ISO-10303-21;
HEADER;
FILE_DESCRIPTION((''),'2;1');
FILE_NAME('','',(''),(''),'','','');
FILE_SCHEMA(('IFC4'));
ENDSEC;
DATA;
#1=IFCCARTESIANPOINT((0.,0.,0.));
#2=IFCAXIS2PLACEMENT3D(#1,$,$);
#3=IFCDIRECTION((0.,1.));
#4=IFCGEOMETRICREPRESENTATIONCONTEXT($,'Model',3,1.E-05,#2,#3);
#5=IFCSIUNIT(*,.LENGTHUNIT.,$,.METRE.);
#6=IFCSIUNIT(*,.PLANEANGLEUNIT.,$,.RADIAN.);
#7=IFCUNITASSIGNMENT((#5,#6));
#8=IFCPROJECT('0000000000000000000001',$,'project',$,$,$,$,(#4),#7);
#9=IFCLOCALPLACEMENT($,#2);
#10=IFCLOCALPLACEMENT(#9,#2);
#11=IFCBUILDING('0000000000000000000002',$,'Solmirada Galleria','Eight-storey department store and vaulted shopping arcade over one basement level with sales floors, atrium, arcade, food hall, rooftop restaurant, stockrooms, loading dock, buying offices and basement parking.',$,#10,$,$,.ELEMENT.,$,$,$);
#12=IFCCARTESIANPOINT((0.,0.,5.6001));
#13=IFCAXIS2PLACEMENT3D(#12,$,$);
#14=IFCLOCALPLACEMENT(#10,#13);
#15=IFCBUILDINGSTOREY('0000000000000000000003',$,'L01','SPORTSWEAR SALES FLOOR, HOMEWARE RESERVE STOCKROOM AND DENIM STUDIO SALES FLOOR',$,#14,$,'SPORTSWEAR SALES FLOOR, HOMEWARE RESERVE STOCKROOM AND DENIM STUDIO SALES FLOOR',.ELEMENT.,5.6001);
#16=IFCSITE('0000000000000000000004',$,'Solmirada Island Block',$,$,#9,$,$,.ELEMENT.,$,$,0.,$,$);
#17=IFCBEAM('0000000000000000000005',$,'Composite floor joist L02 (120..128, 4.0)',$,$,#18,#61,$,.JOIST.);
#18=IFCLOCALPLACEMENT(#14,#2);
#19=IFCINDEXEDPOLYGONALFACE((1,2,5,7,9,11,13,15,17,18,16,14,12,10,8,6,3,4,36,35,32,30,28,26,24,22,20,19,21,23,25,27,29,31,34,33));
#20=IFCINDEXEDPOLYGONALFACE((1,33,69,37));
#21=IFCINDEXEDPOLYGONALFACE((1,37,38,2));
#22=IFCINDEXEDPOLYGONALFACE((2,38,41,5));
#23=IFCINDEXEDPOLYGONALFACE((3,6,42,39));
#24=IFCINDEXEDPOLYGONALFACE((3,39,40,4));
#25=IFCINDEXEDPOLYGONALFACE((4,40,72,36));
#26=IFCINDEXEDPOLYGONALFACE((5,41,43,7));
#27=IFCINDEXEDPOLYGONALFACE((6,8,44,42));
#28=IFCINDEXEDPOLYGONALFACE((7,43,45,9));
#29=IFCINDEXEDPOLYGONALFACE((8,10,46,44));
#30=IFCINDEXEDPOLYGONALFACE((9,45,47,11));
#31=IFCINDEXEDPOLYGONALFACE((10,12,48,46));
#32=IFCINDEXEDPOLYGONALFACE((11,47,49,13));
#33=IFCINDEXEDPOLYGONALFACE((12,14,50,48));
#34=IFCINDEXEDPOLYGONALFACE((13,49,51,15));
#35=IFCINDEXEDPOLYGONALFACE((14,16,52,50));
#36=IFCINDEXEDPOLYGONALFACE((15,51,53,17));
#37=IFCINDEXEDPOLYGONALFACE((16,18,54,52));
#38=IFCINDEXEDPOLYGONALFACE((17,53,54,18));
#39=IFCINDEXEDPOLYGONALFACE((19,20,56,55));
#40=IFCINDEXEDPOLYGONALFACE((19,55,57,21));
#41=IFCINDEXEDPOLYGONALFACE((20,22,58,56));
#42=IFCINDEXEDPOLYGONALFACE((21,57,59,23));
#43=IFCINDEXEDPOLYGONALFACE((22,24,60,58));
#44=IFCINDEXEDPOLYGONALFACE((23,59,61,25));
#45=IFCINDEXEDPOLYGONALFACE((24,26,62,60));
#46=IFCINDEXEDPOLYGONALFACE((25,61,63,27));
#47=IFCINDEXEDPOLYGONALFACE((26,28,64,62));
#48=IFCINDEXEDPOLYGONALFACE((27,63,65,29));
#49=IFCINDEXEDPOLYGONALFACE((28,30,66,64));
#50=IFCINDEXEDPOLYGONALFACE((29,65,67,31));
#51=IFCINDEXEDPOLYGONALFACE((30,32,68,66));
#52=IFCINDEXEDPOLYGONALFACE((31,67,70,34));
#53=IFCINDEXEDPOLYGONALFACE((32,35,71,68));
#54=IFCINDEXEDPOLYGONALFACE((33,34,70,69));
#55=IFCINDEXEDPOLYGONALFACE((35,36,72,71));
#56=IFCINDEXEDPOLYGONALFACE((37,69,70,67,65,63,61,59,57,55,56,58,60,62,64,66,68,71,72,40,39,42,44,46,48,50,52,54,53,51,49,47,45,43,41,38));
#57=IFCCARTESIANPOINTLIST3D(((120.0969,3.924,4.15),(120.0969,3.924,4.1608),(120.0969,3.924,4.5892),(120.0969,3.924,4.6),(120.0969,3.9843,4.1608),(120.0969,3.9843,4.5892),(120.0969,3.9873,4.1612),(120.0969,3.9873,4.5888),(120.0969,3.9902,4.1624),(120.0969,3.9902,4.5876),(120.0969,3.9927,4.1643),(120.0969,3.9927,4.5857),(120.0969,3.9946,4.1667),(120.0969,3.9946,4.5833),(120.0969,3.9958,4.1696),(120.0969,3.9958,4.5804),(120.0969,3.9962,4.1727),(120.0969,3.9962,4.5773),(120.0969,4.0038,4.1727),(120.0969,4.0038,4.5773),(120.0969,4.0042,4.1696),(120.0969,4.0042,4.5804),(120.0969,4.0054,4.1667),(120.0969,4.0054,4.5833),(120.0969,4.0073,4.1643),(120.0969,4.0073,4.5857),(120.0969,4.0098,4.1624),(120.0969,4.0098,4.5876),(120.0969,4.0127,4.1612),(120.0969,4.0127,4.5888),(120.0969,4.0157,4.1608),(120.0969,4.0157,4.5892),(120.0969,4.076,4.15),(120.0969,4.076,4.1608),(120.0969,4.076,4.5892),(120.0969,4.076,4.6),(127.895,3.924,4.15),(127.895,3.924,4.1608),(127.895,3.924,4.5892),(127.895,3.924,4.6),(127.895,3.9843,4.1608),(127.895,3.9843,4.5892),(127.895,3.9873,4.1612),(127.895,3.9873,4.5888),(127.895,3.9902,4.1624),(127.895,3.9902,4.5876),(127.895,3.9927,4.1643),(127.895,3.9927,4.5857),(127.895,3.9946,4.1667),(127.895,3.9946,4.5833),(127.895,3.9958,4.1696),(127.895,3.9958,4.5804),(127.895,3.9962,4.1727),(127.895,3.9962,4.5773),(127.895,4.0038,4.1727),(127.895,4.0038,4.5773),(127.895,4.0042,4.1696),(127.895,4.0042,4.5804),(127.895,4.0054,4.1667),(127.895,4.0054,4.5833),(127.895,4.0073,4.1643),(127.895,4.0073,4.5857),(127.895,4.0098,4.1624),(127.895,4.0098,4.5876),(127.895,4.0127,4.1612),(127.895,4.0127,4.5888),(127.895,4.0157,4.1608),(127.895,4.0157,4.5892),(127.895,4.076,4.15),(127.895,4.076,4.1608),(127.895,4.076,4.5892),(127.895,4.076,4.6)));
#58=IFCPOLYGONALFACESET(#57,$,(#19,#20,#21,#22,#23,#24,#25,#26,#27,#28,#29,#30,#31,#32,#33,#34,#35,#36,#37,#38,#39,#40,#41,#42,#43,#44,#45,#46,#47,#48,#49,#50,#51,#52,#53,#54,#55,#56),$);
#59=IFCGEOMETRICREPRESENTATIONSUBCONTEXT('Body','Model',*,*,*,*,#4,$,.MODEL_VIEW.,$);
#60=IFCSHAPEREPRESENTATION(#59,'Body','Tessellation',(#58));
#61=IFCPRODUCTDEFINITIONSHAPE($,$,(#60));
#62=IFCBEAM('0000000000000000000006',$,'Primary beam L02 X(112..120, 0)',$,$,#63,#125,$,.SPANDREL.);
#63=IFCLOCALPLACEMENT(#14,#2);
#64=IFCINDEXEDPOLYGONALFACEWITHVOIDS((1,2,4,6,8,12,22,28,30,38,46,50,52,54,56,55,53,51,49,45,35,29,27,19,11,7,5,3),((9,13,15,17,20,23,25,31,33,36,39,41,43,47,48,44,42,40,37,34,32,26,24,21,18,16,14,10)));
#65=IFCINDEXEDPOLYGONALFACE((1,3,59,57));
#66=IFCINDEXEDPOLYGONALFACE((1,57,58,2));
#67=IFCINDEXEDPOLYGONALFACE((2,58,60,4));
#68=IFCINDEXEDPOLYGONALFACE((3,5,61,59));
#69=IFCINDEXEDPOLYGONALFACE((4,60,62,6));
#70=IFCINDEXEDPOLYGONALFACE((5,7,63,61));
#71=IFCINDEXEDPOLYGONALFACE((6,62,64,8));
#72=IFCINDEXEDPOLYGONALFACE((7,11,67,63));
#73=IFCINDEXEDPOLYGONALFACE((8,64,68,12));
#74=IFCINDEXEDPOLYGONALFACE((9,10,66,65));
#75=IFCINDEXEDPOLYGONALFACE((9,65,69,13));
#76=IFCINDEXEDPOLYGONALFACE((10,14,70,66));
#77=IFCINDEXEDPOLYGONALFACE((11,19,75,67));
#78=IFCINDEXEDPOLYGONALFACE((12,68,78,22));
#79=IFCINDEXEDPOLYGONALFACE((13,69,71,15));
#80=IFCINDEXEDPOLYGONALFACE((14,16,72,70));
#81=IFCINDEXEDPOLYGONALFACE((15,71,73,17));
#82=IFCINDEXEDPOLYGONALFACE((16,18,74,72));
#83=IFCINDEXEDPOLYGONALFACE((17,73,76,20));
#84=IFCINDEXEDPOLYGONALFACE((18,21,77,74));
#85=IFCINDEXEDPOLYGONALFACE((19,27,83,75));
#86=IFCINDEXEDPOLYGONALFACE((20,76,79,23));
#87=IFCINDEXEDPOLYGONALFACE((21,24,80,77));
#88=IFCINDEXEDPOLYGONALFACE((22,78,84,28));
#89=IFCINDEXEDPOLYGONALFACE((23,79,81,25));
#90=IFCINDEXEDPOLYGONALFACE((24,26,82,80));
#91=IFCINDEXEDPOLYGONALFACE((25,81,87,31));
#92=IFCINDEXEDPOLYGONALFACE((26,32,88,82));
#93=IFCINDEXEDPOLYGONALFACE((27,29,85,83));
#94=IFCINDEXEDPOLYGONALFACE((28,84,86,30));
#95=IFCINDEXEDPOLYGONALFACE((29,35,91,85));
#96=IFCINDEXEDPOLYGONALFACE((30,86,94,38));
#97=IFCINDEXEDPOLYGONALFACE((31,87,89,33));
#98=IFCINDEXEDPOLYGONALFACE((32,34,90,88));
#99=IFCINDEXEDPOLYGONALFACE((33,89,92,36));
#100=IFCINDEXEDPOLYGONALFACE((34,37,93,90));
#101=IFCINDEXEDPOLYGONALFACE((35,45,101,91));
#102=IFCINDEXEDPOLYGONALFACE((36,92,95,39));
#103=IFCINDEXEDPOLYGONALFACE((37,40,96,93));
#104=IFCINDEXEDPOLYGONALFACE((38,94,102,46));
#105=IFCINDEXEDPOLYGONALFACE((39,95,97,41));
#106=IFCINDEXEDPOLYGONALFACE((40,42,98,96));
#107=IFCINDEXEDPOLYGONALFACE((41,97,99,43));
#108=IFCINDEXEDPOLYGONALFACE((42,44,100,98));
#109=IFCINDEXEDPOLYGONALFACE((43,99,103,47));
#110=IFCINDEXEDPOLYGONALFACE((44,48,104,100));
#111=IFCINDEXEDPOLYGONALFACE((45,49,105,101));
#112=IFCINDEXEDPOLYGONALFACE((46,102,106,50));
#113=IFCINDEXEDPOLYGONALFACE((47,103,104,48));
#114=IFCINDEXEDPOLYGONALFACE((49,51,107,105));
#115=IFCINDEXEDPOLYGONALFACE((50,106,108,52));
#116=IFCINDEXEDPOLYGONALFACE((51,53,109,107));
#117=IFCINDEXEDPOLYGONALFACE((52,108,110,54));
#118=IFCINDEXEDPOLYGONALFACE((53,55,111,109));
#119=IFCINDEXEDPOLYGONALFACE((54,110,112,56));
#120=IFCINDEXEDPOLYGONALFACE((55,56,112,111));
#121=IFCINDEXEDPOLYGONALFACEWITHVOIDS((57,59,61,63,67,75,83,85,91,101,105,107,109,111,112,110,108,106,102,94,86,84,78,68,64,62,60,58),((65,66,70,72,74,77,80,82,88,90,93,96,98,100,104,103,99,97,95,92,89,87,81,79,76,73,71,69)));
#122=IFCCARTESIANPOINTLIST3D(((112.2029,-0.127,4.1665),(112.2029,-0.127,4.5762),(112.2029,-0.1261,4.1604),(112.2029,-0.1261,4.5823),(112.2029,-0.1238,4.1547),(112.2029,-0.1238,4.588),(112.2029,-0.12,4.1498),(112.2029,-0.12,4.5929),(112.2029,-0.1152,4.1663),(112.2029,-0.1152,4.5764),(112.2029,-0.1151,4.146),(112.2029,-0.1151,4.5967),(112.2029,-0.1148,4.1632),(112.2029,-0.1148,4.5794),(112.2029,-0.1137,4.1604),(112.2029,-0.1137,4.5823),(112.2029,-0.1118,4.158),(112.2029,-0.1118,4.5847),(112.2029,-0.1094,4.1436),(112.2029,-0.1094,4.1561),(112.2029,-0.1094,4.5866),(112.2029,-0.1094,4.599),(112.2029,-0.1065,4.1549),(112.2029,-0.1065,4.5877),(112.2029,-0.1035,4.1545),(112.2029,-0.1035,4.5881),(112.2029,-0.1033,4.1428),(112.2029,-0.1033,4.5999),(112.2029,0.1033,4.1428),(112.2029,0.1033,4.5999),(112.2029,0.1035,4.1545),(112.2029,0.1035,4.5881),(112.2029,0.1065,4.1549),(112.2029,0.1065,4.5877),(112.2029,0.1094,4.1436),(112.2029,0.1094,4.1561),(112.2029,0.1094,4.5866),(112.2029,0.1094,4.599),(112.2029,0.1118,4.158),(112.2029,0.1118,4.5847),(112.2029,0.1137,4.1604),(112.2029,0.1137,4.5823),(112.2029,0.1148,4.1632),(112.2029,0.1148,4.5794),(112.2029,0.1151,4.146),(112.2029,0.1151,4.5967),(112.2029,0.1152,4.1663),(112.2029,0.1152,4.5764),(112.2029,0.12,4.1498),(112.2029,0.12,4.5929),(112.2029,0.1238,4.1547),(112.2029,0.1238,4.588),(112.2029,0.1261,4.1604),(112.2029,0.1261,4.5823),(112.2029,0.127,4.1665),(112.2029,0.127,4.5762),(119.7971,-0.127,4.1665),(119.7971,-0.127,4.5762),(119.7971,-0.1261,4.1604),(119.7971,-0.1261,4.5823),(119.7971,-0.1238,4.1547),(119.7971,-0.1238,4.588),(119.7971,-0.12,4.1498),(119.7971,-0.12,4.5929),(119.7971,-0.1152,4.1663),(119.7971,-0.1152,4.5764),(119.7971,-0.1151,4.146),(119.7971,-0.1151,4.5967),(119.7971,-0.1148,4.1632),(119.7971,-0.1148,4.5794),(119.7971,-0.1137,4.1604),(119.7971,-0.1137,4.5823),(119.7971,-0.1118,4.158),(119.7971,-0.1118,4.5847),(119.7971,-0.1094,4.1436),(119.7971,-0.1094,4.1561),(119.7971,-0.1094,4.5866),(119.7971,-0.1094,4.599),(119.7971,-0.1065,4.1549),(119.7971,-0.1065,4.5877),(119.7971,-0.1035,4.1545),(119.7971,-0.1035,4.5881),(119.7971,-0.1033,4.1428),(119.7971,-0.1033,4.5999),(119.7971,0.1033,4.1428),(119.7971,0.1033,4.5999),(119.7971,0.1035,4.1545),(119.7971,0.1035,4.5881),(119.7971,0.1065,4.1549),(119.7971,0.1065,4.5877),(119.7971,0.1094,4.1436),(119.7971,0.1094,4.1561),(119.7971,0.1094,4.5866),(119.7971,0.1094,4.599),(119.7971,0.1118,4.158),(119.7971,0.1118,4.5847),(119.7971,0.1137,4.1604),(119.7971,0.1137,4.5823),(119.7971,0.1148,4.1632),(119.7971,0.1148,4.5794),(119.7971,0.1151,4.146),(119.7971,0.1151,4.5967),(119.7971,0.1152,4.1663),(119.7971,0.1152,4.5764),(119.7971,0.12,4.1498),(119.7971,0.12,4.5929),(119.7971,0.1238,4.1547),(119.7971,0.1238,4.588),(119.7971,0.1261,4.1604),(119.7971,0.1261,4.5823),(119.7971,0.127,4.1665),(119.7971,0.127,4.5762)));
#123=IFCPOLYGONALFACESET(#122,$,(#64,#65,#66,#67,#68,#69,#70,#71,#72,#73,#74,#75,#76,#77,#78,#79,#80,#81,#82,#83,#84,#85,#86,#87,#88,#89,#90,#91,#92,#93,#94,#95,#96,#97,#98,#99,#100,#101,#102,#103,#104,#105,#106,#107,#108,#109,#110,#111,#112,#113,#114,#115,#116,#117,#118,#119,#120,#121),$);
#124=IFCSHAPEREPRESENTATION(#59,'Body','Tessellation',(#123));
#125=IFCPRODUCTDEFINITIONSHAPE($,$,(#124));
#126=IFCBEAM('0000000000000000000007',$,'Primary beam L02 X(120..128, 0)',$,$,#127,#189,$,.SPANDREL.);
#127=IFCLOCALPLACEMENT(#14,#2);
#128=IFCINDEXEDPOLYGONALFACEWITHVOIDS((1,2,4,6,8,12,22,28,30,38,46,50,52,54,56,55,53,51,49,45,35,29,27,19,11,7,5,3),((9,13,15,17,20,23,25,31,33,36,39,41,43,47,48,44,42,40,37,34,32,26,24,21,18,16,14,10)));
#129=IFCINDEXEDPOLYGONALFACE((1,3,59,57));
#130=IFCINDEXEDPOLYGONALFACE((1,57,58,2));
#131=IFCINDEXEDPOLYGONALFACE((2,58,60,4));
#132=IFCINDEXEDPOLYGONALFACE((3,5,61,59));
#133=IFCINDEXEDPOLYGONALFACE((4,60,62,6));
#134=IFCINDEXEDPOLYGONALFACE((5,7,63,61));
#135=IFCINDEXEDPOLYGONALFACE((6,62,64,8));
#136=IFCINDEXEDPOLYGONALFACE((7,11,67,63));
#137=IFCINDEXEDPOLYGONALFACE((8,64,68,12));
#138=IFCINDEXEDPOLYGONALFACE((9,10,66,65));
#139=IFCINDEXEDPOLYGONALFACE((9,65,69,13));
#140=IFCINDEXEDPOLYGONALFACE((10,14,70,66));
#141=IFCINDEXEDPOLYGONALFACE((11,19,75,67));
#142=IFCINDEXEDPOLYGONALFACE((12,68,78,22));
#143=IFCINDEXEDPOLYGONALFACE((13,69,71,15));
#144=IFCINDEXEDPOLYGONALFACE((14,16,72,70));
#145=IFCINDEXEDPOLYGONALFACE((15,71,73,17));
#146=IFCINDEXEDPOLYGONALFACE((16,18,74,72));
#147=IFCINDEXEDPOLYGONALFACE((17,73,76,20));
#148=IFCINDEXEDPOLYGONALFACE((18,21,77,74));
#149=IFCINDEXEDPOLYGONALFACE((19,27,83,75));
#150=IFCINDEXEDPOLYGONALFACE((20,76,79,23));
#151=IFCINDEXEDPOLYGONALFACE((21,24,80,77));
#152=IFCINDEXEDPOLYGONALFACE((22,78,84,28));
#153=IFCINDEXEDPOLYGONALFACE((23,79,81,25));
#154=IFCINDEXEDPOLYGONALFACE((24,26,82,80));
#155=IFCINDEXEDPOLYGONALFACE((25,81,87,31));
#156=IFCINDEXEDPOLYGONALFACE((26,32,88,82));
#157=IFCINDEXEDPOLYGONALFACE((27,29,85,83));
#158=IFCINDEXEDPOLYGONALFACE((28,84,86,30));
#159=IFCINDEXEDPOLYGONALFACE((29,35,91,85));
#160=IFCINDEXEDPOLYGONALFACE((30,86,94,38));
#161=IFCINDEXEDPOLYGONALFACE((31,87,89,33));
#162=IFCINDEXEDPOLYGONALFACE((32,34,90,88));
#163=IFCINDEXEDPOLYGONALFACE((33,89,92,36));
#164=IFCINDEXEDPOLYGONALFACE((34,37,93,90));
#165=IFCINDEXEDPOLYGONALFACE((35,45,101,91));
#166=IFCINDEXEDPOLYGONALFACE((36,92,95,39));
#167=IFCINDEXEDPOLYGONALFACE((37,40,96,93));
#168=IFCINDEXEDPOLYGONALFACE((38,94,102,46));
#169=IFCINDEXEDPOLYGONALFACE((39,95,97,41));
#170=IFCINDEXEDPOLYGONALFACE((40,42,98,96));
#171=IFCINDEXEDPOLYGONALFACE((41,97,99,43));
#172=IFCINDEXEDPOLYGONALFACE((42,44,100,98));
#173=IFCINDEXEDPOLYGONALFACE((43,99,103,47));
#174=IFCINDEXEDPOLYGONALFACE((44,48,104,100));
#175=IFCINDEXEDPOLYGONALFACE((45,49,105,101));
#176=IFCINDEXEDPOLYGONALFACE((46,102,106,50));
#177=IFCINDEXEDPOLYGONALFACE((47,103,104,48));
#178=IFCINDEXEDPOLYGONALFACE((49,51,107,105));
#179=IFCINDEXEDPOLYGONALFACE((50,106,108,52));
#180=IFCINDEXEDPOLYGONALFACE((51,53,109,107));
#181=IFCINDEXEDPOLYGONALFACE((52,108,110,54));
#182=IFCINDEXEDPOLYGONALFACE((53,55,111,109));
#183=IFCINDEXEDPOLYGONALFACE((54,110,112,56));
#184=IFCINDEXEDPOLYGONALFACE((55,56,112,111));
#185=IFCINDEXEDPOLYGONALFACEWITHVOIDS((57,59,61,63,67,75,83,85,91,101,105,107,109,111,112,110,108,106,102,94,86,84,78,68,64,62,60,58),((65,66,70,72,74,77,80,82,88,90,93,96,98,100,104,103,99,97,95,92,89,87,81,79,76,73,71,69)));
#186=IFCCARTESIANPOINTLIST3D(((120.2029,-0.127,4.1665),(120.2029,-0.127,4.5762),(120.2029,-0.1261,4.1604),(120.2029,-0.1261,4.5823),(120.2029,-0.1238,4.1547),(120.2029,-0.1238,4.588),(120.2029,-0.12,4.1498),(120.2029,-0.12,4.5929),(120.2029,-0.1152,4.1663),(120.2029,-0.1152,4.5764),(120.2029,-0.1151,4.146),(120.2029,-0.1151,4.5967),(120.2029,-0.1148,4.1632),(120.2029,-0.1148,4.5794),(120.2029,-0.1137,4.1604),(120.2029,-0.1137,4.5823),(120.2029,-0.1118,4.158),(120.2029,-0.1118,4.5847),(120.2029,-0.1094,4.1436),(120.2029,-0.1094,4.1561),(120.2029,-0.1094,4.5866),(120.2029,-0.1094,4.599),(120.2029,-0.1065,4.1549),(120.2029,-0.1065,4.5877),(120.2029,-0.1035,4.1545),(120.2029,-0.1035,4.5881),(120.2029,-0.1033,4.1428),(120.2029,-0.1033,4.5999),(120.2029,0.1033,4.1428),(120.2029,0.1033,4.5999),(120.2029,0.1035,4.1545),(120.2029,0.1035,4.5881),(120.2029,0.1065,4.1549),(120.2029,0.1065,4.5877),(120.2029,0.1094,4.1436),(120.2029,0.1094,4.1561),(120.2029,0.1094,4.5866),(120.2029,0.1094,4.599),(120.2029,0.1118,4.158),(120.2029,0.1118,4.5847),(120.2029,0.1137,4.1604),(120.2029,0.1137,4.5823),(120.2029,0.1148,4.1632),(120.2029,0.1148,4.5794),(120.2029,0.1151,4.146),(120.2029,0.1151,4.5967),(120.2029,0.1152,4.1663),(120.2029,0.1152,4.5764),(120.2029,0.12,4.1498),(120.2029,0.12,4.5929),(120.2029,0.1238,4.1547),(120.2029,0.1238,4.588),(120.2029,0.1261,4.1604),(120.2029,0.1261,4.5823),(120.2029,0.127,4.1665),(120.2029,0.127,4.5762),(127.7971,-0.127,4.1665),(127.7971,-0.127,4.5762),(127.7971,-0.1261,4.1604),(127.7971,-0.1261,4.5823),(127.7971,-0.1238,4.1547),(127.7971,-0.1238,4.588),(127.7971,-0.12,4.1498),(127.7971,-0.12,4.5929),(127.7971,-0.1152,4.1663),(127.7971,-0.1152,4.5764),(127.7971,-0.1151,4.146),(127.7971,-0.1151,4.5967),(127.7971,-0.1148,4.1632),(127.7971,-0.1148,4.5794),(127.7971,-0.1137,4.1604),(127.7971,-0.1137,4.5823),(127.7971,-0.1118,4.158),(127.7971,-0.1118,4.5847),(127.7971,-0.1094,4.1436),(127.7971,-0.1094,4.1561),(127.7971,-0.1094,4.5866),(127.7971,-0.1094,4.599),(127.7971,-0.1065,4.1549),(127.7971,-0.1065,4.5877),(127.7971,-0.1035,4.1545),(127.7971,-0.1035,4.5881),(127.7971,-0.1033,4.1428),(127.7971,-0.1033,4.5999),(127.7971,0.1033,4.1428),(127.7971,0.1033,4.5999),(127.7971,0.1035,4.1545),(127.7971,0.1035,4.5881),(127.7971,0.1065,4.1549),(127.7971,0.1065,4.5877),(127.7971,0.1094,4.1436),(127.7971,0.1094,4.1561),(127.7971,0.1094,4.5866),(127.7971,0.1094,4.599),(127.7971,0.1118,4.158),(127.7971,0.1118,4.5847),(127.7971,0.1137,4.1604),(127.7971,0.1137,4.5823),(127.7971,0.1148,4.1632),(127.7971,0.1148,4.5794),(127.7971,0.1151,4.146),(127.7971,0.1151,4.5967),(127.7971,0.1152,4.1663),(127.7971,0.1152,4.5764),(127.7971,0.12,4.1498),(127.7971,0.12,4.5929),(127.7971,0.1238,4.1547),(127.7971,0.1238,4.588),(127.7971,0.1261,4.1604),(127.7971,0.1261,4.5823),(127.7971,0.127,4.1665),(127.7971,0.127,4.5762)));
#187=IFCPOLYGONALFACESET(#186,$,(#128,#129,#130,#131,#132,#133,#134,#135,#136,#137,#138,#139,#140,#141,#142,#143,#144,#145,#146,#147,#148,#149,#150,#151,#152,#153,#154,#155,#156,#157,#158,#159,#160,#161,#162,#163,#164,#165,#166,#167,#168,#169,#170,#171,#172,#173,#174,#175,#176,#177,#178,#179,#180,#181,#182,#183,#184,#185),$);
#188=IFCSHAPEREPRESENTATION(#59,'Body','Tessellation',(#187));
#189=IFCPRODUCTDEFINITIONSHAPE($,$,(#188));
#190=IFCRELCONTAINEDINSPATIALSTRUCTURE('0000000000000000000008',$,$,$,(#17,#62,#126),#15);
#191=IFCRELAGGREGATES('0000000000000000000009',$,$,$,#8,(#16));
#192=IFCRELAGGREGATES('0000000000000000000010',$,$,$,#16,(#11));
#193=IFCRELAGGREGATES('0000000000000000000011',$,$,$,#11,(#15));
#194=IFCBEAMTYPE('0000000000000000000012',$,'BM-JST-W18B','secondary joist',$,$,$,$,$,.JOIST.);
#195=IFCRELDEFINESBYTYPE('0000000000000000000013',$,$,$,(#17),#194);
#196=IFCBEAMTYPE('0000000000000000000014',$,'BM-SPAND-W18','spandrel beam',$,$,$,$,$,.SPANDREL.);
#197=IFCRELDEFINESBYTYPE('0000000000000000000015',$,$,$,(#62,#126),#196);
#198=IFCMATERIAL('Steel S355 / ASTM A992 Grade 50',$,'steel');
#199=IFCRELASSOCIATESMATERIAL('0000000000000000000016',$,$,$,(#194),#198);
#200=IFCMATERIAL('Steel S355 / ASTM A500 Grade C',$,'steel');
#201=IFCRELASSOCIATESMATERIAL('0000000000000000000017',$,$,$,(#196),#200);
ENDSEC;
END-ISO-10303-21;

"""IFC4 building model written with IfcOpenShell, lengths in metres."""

from ifc_helpers import new_model, si_unit, direction, frame, origin, origin_2d, place, context, subcontext, project, spatial, hollow_rectangle, i_section, extrude, material, material_profile, profile_set, type_object, element, save


model = new_model("IFC4")

# Units and contexts
model_context = context("Model", 3, precision=1e-05, world=origin(), true_north=direction((0.0, 1.0)))
body_context = subcontext(model_context, "Body", "Model", "MODEL_VIEW")
ifc_project = project(units=[si_unit("LENGTHUNIT", "METRE"), si_unit("PLANEANGLEUNIT", "RADIAN")], contexts=[model_context])

# Site, building, storey
site_placement = place(None, origin())
site = spatial("IfcSite", under=ifc_project, at=site_placement, Name="Solmirada Island Block", CompositionType="ELEMENT", RefElevation=0.0)
building_placement = place(site_placement, origin())
building = spatial("IfcBuilding", under=site, at=building_placement, Name="Solmirada Galleria", Description="Eight-storey department store and vaulted shopping arcade over one basement level with sales floors, atrium, arcade, food hall, rooftop restaurant, stockrooms, loading dock, buying offices and basement parking.", CompositionType="ELEMENT")
storey_placement = place(building_placement, frame((0.0, 0.0, 5.6001)))
storey = spatial("IfcBuildingStorey", under=building, at=storey_placement, Name="L01", Description="SPORTSWEAR SALES FLOOR, HOMEWARE RESERVE STOCKROOM AND DENIM STUDIO SALES FLOOR", LongName="SPORTSWEAR SALES FLOOR, HOMEWARE RESERVE STOCKROOM AND DENIM STUDIO SALES FLOOR", CompositionType="ELEMENT", Elevation=5.6001)

# Shared definitions
ifc_material_1 = material(Name="Steel S355 / ASTM A500 Grade C", Category="steel")

# Beams
ifc_material_2 = material(Name="Steel S355 / ASTM A992 Grade 50", Category="steel")
ifc_material_profile_1 = material_profile(ifc_material_2, i_section(OverallWidth=0.1521, OverallDepth=0.45, WebThickness=0.0076, FlangeThickness=0.0107, FilletRadius=0.012, at=origin_2d()), Name="W18X35")
ifc_profile_set_1 = profile_set([ifc_material_profile_1], Name="Steel S355 / ASTM A992 Grade 50")
beam_type_1 = type_object("IfcBeamType", Name="BM-JST-W18B", Description="secondary joist", PredefinedType="JOIST", material=ifc_profile_set_1)
for number, where, z_axis, x_axis, name in (
    (1, (120.0969, 4.0, 4.375), (1.0, 0.0, 0.0), (0.0, 1.0, 0.0), "Composite floor joist L02 (120..128, 4.0)"),
):
    element("IfcBeam", number, at=place(storey_placement, frame(where, z_axis=z_axis, x_axis=x_axis)), inside=storey, type_object=beam_type_1, Name=name, PredefinedType="JOIST", context=body_context, shape_type="SweptSolid", body=[
        extrude(i_section(OverallWidth=0.1521, OverallDepth=0.45, WebThickness=0.0076, FlangeThickness=0.0107, FilletRadius=0.012, at=origin_2d()), origin(), (0.0, 0.0, 1.0), 7.7981),
    ])
ifc_material_profile_2 = material_profile(ifc_material_1, hollow_rectangle(XDim=0.2539, YDim=0.457, WallThickness=0.0117, InnerFilletRadius=0.0117, OuterFilletRadius=0.0237, at=origin_2d()), Name="HSS18X10X1/2")
ifc_profile_set_2 = profile_set([ifc_material_profile_2], Name="Steel S355 / ASTM A500 Grade C")
beam_type_2 = type_object("IfcBeamType", Name="BM-SPAND-W18", Description="spandrel beam", PredefinedType="SPANDREL", material=ifc_profile_set_2)
for number, where, z_axis, x_axis, name in (
    (2, (112.2029, 0.0, 4.3713), (1.0, 0.0, 0.0), (0.0, 1.0, 0.0), "Primary beam L02 X(112..120, 0)"),
    (3, (120.2029, 0.0, 4.3713), (1.0, 0.0, 0.0), (0.0, 1.0, 0.0), "Primary beam L02 X(120..128, 0)"),
):
    element("IfcBeam", number, at=place(storey_placement, frame(where, z_axis=z_axis, x_axis=x_axis)), inside=storey, type_object=beam_type_2, Name=name, PredefinedType="SPANDREL", context=body_context, shape_type="SweptSolid", body=[
        extrude(hollow_rectangle(XDim=0.2539, YDim=0.457, WallThickness=0.0117, InnerFilletRadius=0.0117, OuterFilletRadius=0.0237, at=origin_2d()), origin(), (0.0, 0.0, 1.0), 7.5942),
    ])

save(model, "model.ifc")
